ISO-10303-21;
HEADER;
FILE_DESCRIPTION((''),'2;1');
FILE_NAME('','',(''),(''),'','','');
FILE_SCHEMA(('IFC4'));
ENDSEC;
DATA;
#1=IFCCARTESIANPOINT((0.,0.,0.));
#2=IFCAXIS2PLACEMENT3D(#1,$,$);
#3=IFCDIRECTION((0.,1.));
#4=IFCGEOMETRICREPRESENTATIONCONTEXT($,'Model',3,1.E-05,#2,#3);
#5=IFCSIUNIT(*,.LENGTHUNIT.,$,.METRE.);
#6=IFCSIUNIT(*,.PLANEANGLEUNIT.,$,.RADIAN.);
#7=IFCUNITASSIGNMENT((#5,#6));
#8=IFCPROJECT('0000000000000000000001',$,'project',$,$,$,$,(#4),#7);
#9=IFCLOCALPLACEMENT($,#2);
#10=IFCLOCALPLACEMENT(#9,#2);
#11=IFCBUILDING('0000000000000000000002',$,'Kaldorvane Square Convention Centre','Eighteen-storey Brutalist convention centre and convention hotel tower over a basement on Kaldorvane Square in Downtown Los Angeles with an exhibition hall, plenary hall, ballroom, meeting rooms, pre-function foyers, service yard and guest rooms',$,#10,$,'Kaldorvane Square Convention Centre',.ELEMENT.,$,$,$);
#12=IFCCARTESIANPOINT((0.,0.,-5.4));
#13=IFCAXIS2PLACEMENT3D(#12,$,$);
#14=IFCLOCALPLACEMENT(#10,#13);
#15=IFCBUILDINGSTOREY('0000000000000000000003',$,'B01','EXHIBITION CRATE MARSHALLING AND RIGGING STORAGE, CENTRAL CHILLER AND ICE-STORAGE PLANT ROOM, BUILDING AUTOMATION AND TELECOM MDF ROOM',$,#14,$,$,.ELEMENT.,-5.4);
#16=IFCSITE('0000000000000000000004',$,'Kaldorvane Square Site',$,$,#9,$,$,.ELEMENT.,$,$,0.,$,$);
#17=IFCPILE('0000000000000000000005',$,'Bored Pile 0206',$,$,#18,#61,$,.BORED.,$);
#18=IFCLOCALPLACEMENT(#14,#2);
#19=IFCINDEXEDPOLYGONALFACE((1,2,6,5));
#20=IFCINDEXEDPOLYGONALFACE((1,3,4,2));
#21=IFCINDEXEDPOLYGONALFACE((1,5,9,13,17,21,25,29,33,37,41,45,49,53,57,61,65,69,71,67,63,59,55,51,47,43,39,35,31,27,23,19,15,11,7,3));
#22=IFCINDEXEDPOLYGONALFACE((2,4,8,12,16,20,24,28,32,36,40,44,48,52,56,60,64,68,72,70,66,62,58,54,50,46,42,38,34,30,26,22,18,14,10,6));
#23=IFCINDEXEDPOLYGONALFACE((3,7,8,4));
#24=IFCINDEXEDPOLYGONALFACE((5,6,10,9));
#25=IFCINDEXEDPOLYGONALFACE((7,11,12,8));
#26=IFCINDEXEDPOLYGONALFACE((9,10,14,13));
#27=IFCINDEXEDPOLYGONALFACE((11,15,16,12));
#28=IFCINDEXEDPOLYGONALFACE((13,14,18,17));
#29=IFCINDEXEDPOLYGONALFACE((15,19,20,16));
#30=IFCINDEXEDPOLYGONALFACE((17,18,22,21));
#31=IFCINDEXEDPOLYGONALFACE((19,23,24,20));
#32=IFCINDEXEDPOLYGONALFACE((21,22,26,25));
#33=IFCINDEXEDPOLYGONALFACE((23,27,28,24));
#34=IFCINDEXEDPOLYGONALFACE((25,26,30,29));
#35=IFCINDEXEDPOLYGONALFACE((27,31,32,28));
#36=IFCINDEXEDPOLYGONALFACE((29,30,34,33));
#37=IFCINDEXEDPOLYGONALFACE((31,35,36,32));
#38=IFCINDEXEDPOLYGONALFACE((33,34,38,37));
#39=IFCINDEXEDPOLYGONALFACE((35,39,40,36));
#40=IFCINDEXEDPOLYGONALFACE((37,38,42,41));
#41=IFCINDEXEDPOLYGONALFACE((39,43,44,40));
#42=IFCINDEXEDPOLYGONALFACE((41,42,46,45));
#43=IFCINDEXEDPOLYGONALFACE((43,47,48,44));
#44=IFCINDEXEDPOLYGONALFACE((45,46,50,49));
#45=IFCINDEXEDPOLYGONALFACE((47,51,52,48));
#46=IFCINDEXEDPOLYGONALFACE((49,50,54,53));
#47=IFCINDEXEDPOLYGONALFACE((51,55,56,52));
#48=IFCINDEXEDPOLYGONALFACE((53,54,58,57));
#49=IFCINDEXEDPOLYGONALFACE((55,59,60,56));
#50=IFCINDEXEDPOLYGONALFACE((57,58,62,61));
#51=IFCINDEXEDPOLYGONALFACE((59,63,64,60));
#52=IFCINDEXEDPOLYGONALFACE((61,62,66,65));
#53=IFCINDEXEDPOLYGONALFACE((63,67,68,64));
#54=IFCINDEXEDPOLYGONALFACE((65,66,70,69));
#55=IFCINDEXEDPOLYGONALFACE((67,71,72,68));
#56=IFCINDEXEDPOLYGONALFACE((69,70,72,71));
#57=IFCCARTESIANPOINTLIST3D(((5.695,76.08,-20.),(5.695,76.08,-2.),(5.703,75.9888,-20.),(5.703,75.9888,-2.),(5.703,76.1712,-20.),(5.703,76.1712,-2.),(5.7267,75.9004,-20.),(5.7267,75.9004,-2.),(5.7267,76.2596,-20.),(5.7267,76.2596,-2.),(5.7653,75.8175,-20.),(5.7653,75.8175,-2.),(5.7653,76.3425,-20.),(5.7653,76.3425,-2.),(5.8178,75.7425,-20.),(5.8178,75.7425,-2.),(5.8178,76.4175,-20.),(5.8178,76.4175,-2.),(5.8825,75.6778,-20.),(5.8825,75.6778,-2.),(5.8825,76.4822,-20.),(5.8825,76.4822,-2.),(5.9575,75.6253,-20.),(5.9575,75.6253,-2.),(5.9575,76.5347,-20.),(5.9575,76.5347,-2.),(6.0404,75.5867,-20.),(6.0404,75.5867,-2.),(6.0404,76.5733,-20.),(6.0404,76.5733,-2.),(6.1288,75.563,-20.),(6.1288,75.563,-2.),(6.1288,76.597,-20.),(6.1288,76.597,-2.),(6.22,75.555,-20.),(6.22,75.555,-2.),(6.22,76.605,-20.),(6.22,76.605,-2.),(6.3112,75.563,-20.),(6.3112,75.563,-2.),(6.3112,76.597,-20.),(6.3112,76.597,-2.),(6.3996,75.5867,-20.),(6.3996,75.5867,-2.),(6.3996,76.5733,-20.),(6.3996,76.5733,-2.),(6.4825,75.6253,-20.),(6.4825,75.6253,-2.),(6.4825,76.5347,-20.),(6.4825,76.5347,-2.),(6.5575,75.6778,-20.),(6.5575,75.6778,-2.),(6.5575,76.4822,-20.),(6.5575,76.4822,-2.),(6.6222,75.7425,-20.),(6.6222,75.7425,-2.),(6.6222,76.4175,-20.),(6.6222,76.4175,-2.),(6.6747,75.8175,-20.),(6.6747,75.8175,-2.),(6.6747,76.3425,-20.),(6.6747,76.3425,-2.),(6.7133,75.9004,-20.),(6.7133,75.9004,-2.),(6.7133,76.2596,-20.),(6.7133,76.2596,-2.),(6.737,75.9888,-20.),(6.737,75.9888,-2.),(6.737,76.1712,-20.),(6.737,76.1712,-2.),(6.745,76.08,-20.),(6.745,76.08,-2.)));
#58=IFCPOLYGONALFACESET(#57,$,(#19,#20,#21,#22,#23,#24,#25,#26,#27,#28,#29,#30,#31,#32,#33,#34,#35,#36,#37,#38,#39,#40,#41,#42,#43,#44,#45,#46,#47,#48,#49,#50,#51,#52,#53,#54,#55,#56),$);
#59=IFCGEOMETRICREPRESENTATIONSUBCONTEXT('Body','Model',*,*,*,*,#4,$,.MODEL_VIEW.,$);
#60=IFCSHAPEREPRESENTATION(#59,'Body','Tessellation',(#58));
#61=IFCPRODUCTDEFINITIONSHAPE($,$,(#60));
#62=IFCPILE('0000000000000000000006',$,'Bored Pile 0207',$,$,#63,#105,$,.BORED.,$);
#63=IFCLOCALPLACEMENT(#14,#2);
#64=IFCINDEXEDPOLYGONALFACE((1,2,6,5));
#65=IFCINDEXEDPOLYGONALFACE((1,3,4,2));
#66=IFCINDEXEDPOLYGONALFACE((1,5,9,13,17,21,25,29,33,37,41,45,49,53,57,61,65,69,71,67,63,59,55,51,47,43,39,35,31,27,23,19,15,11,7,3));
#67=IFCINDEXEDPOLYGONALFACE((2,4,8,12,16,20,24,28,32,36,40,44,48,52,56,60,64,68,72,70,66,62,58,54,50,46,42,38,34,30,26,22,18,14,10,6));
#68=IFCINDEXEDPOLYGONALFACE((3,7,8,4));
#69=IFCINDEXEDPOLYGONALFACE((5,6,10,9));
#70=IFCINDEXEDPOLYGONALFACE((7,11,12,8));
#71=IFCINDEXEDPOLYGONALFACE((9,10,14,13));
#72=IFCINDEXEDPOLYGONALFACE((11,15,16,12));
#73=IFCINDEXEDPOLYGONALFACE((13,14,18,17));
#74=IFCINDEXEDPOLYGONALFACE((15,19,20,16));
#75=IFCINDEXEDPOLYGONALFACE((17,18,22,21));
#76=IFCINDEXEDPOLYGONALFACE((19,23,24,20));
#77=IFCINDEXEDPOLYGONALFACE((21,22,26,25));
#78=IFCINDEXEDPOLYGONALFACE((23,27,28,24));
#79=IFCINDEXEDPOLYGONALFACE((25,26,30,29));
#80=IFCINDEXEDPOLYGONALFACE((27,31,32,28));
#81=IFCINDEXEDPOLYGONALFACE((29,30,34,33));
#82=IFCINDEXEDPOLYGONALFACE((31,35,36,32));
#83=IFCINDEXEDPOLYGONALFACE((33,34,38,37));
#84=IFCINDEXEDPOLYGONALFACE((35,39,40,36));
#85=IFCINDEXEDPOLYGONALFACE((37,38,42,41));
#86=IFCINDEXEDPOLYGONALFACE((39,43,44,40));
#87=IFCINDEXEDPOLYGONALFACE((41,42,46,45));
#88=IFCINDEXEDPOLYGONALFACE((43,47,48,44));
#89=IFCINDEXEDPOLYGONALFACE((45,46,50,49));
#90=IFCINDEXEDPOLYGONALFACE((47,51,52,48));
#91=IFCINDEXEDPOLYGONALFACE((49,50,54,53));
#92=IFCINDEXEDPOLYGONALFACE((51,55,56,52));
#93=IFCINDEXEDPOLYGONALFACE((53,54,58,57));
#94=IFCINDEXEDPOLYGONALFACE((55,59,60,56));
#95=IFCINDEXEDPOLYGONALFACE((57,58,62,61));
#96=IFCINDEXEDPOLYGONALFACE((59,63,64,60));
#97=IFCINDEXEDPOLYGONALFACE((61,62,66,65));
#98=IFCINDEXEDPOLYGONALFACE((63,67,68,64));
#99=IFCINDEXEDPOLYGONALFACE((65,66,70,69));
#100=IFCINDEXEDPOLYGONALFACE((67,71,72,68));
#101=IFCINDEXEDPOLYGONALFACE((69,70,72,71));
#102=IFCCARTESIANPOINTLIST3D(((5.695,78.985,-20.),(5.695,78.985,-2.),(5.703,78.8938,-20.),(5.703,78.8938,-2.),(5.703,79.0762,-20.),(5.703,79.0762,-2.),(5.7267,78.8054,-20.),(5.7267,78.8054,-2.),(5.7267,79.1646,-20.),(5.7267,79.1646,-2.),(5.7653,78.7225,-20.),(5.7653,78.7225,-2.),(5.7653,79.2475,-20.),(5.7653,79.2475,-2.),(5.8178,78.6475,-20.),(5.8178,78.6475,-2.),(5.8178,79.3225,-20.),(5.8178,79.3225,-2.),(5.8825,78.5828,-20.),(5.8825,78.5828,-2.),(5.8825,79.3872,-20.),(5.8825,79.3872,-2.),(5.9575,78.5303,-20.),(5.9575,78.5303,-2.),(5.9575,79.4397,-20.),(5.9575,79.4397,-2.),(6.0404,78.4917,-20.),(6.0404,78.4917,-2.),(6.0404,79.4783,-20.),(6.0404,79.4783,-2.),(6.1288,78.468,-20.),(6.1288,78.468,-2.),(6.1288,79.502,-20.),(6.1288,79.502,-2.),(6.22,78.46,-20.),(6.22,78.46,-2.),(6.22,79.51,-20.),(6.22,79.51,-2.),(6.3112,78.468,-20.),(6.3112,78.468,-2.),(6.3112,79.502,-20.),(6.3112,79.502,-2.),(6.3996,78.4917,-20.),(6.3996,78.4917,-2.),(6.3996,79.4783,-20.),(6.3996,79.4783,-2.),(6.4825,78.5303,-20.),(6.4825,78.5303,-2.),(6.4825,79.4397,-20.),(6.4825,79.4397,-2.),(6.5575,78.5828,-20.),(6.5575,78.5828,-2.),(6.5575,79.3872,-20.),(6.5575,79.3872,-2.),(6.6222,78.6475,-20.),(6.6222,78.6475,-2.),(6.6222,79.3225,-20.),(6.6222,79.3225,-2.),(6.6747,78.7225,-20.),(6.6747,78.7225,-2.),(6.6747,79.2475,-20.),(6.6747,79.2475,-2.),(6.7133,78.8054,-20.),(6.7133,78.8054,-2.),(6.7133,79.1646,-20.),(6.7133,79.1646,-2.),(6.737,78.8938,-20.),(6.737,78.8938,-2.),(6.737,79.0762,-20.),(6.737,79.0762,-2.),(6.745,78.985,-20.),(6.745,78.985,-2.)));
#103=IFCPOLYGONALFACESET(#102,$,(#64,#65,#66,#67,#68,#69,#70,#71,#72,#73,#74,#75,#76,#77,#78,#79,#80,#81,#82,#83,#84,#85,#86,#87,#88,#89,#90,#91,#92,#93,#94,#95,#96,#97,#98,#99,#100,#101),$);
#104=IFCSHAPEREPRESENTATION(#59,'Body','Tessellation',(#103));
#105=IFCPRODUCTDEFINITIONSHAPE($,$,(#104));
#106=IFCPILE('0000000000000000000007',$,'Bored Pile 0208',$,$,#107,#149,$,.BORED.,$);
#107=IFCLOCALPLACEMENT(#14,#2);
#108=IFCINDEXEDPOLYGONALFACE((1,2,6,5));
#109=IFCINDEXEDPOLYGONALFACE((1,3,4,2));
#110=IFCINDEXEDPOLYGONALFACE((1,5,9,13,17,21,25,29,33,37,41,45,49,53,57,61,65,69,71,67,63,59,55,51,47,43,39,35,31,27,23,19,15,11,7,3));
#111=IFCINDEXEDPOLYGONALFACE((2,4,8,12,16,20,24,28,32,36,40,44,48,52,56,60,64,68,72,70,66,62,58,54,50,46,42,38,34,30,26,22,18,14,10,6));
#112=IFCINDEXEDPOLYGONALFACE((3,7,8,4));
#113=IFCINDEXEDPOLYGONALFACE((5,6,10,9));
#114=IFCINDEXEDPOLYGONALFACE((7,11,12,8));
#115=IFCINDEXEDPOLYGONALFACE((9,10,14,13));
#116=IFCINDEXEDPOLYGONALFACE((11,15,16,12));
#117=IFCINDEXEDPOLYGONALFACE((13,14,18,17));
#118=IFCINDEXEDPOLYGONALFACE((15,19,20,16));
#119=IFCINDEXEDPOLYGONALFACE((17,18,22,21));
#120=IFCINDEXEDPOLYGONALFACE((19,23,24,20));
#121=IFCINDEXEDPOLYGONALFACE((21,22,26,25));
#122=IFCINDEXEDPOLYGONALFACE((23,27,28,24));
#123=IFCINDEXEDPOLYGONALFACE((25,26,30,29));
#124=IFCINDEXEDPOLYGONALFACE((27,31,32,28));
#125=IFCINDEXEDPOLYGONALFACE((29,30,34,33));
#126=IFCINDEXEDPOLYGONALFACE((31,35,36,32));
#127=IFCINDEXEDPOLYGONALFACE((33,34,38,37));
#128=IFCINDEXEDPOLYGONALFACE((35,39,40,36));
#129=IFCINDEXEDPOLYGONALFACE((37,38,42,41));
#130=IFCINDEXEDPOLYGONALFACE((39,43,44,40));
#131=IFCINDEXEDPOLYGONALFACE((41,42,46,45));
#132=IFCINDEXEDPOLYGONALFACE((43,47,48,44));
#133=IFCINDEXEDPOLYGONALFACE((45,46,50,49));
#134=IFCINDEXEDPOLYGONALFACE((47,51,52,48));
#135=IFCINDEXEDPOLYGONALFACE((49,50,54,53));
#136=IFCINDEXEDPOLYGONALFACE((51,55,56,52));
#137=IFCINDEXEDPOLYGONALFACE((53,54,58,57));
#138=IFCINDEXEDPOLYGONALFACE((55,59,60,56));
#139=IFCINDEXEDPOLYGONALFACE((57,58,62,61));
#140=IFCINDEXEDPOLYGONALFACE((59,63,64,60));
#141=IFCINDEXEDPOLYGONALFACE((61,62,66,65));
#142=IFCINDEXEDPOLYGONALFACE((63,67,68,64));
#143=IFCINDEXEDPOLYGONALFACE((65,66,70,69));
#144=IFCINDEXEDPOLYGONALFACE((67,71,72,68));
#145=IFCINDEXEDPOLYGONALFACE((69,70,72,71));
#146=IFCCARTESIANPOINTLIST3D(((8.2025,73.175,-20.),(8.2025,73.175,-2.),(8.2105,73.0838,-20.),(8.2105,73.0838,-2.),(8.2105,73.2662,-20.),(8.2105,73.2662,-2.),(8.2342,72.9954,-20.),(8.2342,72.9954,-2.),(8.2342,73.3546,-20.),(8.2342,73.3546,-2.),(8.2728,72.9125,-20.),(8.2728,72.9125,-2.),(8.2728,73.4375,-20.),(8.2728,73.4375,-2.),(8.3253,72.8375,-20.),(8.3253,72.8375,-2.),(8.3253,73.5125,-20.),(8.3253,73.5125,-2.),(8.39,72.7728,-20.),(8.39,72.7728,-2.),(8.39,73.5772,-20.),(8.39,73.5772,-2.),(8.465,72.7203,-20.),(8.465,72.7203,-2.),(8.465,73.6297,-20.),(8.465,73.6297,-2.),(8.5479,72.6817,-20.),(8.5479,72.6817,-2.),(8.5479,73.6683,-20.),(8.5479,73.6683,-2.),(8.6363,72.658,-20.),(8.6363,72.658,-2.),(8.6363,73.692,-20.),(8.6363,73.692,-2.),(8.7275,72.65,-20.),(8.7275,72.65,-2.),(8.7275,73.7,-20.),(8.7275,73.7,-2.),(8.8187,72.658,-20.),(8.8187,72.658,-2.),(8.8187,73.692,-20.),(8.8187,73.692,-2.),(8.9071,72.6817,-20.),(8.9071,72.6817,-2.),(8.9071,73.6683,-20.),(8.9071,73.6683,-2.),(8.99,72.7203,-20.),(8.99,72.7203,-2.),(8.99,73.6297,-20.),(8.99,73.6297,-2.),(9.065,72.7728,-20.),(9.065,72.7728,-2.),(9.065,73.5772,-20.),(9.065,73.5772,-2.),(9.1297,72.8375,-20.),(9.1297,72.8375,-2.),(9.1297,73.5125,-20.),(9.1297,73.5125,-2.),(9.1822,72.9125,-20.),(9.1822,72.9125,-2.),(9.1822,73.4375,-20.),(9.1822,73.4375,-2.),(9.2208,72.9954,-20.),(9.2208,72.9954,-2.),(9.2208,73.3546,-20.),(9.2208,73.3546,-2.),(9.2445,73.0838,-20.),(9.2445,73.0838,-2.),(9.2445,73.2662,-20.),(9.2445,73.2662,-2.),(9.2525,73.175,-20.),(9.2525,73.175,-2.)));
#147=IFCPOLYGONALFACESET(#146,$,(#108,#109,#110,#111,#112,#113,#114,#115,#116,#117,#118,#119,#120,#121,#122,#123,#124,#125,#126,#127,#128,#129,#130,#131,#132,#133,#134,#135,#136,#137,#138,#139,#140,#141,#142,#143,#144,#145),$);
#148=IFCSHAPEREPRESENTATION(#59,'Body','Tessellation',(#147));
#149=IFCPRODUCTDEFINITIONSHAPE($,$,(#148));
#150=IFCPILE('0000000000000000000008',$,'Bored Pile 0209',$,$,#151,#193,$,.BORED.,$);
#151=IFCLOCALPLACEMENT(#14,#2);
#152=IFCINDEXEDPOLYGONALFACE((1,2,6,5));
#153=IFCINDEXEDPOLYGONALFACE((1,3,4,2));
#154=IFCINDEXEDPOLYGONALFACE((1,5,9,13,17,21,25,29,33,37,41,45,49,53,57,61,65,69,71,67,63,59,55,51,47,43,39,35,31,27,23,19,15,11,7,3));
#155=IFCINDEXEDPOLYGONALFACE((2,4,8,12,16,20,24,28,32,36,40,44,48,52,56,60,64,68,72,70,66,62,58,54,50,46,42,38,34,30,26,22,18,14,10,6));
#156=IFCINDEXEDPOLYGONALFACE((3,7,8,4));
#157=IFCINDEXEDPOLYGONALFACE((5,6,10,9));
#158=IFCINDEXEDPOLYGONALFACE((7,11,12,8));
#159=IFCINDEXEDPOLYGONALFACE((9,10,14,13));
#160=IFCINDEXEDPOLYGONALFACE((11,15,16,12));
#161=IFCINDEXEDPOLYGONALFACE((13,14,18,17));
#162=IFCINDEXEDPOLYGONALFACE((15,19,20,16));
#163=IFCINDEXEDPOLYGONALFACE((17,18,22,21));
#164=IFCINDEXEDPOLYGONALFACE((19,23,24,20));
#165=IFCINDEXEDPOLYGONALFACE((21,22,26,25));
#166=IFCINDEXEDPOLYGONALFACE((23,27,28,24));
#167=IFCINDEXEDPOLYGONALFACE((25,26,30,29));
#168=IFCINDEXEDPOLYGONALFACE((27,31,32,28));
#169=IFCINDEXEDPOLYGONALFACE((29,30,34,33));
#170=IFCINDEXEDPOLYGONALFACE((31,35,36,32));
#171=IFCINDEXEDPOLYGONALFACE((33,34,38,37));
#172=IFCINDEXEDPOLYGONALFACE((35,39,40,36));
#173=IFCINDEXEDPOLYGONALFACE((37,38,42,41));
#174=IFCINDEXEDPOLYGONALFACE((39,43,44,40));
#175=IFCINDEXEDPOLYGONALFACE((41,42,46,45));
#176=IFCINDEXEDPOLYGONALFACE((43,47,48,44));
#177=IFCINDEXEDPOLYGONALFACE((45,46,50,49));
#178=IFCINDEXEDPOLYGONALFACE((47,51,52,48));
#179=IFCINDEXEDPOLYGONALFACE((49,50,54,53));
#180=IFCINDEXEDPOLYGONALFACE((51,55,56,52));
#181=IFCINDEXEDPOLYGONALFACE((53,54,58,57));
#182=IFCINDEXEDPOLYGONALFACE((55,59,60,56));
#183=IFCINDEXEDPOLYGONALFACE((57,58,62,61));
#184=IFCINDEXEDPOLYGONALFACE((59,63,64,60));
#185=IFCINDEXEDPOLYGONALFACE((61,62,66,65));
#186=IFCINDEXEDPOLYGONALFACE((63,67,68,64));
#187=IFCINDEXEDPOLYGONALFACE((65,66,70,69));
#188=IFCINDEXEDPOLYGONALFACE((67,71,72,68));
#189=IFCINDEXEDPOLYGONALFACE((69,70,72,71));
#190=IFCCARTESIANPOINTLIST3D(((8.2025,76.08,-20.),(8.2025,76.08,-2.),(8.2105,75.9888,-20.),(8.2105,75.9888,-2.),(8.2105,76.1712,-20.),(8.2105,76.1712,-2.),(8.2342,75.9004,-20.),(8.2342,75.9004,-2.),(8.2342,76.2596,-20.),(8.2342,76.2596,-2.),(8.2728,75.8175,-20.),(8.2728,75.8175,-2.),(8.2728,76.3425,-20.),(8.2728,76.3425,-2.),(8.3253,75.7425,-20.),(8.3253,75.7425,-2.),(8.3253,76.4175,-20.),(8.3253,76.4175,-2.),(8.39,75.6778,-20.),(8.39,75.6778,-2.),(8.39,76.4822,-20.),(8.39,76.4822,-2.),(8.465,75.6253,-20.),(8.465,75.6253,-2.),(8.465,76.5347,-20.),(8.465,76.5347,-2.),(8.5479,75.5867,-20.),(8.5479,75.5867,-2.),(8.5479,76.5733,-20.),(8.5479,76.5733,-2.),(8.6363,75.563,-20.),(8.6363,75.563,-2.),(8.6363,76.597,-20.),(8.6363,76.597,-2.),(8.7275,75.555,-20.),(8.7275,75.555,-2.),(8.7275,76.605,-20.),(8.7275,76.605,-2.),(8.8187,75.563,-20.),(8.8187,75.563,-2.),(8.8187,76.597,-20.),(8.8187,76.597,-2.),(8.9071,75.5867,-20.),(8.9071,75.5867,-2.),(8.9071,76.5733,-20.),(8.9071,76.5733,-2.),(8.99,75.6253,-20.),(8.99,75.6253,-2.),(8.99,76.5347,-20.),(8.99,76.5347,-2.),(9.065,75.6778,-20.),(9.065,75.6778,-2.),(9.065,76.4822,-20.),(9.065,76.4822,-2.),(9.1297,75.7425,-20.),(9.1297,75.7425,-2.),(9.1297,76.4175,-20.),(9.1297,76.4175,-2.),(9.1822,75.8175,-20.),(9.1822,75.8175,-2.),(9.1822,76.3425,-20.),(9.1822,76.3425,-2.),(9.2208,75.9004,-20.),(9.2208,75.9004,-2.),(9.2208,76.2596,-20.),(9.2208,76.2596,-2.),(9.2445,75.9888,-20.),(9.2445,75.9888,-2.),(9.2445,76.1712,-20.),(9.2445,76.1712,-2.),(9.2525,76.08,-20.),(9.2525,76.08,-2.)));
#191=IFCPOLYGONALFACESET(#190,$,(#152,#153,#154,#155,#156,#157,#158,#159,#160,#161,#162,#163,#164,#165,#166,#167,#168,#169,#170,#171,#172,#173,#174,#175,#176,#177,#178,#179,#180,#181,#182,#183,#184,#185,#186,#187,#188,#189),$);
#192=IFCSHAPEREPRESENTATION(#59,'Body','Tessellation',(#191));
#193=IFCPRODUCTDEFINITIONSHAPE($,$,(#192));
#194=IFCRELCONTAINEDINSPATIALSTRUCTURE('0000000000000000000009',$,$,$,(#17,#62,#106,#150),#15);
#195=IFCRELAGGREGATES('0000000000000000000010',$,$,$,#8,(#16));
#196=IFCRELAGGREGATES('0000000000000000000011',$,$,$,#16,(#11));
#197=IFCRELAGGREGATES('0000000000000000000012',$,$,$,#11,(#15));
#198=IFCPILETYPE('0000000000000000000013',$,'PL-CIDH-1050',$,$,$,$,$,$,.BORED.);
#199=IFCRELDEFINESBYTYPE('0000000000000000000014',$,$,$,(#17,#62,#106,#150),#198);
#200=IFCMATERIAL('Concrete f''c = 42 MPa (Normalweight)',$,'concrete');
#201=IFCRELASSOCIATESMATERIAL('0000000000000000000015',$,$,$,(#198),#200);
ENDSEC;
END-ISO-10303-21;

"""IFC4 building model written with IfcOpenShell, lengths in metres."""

from ifc_helpers import new_model, si_unit, direction, frame, origin, origin_2d, place, context, subcontext, project, spatial, circle, extrude, material, material_profile, profile_set, type_object, element, save


model = new_model("IFC4")

# Units and contexts
model_context = context("Model", 3, precision=1e-05, world=origin(), true_north=direction((0.0, 1.0)))
body_context = subcontext(model_context, "Body", "Model", "MODEL_VIEW")
ifc_project = project(units=[si_unit("LENGTHUNIT", "METRE"), si_unit("PLANEANGLEUNIT", "RADIAN")], contexts=[model_context])

# Site, building, storey
site_placement = place(None, origin())
site = spatial("IfcSite", under=ifc_project, at=site_placement, Name="Kaldorvane Square Site", CompositionType="ELEMENT", RefElevation=0.0)
building_placement = place(site_placement, origin())
building = spatial("IfcBuilding", under=site, at=building_placement, Name="Kaldorvane Square Convention Centre", Description="Eighteen-storey Brutalist convention centre and convention hotel tower over a basement on Kaldorvane Square in Downtown Los Angeles with an exhibition hall, plenary hall, ballroom, meeting rooms, pre-function foyers, service yard and guest rooms", LongName="Kaldorvane Square Convention Centre", CompositionType="ELEMENT")
storey_placement = place(building_placement, frame((0.0, 0.0, -5.4)))
storey = spatial("IfcBuildingStorey", under=building, at=storey_placement, Name="B01", Description="EXHIBITION CRATE MARSHALLING AND RIGGING STORAGE, CENTRAL CHILLER AND ICE-STORAGE PLANT ROOM, BUILDING AUTOMATION AND TELECOM MDF ROOM", CompositionType="ELEMENT", Elevation=-5.4)

# Shared definitions
ifc_material_1 = material(Name="Concrete f'c = 42 MPa (Normalweight)", Category="concrete")

# Piles
ifc_material_profile_1 = material_profile(ifc_material_1, circle(Radius=0.525, at=origin_2d()), Name="PILE-D1050")
ifc_profile_set_1 = profile_set([ifc_material_profile_1], Name="Concrete f'c = 42 MPa (Normalweight)")
pile_type_1 = type_object("IfcPileType", Name="PL-CIDH-1050", PredefinedType="BORED", material=ifc_profile_set_1)
for number, where, z_axis, x_axis, name in (
    (1, (6.22, 76.08, -2.0), (0.0, 0.0, -1.0), (1.0, 0.0, 0.0), "Bored Pile 0206"),
    (2, (6.22, 78.985, -2.0), (0.0, 0.0, -1.0), (1.0, 0.0, 0.0), "Bored Pile 0207"),
    (3, (8.7275, 73.175, -2.0), (0.0, 0.0, -1.0), (1.0, 0.0, 0.0), "Bored Pile 0208"),
    (4, (8.7275, 76.08, -2.0), (0.0, 0.0, -1.0), (1.0, 0.0, 0.0), "Bored Pile 0209"),
):
    element("IfcPile", number, at=place(storey_placement, frame(where, z_axis=z_axis, x_axis=x_axis)), inside=storey, type_object=pile_type_1, Name=name, PredefinedType="BORED", context=body_context, shape_type="SweptSolid", body=[
        extrude(circle(Radius=0.525, at=origin_2d()), origin(), (0.0, 0.0, 1.0), 18.0),
    ])

save(model, "model.ifc")
